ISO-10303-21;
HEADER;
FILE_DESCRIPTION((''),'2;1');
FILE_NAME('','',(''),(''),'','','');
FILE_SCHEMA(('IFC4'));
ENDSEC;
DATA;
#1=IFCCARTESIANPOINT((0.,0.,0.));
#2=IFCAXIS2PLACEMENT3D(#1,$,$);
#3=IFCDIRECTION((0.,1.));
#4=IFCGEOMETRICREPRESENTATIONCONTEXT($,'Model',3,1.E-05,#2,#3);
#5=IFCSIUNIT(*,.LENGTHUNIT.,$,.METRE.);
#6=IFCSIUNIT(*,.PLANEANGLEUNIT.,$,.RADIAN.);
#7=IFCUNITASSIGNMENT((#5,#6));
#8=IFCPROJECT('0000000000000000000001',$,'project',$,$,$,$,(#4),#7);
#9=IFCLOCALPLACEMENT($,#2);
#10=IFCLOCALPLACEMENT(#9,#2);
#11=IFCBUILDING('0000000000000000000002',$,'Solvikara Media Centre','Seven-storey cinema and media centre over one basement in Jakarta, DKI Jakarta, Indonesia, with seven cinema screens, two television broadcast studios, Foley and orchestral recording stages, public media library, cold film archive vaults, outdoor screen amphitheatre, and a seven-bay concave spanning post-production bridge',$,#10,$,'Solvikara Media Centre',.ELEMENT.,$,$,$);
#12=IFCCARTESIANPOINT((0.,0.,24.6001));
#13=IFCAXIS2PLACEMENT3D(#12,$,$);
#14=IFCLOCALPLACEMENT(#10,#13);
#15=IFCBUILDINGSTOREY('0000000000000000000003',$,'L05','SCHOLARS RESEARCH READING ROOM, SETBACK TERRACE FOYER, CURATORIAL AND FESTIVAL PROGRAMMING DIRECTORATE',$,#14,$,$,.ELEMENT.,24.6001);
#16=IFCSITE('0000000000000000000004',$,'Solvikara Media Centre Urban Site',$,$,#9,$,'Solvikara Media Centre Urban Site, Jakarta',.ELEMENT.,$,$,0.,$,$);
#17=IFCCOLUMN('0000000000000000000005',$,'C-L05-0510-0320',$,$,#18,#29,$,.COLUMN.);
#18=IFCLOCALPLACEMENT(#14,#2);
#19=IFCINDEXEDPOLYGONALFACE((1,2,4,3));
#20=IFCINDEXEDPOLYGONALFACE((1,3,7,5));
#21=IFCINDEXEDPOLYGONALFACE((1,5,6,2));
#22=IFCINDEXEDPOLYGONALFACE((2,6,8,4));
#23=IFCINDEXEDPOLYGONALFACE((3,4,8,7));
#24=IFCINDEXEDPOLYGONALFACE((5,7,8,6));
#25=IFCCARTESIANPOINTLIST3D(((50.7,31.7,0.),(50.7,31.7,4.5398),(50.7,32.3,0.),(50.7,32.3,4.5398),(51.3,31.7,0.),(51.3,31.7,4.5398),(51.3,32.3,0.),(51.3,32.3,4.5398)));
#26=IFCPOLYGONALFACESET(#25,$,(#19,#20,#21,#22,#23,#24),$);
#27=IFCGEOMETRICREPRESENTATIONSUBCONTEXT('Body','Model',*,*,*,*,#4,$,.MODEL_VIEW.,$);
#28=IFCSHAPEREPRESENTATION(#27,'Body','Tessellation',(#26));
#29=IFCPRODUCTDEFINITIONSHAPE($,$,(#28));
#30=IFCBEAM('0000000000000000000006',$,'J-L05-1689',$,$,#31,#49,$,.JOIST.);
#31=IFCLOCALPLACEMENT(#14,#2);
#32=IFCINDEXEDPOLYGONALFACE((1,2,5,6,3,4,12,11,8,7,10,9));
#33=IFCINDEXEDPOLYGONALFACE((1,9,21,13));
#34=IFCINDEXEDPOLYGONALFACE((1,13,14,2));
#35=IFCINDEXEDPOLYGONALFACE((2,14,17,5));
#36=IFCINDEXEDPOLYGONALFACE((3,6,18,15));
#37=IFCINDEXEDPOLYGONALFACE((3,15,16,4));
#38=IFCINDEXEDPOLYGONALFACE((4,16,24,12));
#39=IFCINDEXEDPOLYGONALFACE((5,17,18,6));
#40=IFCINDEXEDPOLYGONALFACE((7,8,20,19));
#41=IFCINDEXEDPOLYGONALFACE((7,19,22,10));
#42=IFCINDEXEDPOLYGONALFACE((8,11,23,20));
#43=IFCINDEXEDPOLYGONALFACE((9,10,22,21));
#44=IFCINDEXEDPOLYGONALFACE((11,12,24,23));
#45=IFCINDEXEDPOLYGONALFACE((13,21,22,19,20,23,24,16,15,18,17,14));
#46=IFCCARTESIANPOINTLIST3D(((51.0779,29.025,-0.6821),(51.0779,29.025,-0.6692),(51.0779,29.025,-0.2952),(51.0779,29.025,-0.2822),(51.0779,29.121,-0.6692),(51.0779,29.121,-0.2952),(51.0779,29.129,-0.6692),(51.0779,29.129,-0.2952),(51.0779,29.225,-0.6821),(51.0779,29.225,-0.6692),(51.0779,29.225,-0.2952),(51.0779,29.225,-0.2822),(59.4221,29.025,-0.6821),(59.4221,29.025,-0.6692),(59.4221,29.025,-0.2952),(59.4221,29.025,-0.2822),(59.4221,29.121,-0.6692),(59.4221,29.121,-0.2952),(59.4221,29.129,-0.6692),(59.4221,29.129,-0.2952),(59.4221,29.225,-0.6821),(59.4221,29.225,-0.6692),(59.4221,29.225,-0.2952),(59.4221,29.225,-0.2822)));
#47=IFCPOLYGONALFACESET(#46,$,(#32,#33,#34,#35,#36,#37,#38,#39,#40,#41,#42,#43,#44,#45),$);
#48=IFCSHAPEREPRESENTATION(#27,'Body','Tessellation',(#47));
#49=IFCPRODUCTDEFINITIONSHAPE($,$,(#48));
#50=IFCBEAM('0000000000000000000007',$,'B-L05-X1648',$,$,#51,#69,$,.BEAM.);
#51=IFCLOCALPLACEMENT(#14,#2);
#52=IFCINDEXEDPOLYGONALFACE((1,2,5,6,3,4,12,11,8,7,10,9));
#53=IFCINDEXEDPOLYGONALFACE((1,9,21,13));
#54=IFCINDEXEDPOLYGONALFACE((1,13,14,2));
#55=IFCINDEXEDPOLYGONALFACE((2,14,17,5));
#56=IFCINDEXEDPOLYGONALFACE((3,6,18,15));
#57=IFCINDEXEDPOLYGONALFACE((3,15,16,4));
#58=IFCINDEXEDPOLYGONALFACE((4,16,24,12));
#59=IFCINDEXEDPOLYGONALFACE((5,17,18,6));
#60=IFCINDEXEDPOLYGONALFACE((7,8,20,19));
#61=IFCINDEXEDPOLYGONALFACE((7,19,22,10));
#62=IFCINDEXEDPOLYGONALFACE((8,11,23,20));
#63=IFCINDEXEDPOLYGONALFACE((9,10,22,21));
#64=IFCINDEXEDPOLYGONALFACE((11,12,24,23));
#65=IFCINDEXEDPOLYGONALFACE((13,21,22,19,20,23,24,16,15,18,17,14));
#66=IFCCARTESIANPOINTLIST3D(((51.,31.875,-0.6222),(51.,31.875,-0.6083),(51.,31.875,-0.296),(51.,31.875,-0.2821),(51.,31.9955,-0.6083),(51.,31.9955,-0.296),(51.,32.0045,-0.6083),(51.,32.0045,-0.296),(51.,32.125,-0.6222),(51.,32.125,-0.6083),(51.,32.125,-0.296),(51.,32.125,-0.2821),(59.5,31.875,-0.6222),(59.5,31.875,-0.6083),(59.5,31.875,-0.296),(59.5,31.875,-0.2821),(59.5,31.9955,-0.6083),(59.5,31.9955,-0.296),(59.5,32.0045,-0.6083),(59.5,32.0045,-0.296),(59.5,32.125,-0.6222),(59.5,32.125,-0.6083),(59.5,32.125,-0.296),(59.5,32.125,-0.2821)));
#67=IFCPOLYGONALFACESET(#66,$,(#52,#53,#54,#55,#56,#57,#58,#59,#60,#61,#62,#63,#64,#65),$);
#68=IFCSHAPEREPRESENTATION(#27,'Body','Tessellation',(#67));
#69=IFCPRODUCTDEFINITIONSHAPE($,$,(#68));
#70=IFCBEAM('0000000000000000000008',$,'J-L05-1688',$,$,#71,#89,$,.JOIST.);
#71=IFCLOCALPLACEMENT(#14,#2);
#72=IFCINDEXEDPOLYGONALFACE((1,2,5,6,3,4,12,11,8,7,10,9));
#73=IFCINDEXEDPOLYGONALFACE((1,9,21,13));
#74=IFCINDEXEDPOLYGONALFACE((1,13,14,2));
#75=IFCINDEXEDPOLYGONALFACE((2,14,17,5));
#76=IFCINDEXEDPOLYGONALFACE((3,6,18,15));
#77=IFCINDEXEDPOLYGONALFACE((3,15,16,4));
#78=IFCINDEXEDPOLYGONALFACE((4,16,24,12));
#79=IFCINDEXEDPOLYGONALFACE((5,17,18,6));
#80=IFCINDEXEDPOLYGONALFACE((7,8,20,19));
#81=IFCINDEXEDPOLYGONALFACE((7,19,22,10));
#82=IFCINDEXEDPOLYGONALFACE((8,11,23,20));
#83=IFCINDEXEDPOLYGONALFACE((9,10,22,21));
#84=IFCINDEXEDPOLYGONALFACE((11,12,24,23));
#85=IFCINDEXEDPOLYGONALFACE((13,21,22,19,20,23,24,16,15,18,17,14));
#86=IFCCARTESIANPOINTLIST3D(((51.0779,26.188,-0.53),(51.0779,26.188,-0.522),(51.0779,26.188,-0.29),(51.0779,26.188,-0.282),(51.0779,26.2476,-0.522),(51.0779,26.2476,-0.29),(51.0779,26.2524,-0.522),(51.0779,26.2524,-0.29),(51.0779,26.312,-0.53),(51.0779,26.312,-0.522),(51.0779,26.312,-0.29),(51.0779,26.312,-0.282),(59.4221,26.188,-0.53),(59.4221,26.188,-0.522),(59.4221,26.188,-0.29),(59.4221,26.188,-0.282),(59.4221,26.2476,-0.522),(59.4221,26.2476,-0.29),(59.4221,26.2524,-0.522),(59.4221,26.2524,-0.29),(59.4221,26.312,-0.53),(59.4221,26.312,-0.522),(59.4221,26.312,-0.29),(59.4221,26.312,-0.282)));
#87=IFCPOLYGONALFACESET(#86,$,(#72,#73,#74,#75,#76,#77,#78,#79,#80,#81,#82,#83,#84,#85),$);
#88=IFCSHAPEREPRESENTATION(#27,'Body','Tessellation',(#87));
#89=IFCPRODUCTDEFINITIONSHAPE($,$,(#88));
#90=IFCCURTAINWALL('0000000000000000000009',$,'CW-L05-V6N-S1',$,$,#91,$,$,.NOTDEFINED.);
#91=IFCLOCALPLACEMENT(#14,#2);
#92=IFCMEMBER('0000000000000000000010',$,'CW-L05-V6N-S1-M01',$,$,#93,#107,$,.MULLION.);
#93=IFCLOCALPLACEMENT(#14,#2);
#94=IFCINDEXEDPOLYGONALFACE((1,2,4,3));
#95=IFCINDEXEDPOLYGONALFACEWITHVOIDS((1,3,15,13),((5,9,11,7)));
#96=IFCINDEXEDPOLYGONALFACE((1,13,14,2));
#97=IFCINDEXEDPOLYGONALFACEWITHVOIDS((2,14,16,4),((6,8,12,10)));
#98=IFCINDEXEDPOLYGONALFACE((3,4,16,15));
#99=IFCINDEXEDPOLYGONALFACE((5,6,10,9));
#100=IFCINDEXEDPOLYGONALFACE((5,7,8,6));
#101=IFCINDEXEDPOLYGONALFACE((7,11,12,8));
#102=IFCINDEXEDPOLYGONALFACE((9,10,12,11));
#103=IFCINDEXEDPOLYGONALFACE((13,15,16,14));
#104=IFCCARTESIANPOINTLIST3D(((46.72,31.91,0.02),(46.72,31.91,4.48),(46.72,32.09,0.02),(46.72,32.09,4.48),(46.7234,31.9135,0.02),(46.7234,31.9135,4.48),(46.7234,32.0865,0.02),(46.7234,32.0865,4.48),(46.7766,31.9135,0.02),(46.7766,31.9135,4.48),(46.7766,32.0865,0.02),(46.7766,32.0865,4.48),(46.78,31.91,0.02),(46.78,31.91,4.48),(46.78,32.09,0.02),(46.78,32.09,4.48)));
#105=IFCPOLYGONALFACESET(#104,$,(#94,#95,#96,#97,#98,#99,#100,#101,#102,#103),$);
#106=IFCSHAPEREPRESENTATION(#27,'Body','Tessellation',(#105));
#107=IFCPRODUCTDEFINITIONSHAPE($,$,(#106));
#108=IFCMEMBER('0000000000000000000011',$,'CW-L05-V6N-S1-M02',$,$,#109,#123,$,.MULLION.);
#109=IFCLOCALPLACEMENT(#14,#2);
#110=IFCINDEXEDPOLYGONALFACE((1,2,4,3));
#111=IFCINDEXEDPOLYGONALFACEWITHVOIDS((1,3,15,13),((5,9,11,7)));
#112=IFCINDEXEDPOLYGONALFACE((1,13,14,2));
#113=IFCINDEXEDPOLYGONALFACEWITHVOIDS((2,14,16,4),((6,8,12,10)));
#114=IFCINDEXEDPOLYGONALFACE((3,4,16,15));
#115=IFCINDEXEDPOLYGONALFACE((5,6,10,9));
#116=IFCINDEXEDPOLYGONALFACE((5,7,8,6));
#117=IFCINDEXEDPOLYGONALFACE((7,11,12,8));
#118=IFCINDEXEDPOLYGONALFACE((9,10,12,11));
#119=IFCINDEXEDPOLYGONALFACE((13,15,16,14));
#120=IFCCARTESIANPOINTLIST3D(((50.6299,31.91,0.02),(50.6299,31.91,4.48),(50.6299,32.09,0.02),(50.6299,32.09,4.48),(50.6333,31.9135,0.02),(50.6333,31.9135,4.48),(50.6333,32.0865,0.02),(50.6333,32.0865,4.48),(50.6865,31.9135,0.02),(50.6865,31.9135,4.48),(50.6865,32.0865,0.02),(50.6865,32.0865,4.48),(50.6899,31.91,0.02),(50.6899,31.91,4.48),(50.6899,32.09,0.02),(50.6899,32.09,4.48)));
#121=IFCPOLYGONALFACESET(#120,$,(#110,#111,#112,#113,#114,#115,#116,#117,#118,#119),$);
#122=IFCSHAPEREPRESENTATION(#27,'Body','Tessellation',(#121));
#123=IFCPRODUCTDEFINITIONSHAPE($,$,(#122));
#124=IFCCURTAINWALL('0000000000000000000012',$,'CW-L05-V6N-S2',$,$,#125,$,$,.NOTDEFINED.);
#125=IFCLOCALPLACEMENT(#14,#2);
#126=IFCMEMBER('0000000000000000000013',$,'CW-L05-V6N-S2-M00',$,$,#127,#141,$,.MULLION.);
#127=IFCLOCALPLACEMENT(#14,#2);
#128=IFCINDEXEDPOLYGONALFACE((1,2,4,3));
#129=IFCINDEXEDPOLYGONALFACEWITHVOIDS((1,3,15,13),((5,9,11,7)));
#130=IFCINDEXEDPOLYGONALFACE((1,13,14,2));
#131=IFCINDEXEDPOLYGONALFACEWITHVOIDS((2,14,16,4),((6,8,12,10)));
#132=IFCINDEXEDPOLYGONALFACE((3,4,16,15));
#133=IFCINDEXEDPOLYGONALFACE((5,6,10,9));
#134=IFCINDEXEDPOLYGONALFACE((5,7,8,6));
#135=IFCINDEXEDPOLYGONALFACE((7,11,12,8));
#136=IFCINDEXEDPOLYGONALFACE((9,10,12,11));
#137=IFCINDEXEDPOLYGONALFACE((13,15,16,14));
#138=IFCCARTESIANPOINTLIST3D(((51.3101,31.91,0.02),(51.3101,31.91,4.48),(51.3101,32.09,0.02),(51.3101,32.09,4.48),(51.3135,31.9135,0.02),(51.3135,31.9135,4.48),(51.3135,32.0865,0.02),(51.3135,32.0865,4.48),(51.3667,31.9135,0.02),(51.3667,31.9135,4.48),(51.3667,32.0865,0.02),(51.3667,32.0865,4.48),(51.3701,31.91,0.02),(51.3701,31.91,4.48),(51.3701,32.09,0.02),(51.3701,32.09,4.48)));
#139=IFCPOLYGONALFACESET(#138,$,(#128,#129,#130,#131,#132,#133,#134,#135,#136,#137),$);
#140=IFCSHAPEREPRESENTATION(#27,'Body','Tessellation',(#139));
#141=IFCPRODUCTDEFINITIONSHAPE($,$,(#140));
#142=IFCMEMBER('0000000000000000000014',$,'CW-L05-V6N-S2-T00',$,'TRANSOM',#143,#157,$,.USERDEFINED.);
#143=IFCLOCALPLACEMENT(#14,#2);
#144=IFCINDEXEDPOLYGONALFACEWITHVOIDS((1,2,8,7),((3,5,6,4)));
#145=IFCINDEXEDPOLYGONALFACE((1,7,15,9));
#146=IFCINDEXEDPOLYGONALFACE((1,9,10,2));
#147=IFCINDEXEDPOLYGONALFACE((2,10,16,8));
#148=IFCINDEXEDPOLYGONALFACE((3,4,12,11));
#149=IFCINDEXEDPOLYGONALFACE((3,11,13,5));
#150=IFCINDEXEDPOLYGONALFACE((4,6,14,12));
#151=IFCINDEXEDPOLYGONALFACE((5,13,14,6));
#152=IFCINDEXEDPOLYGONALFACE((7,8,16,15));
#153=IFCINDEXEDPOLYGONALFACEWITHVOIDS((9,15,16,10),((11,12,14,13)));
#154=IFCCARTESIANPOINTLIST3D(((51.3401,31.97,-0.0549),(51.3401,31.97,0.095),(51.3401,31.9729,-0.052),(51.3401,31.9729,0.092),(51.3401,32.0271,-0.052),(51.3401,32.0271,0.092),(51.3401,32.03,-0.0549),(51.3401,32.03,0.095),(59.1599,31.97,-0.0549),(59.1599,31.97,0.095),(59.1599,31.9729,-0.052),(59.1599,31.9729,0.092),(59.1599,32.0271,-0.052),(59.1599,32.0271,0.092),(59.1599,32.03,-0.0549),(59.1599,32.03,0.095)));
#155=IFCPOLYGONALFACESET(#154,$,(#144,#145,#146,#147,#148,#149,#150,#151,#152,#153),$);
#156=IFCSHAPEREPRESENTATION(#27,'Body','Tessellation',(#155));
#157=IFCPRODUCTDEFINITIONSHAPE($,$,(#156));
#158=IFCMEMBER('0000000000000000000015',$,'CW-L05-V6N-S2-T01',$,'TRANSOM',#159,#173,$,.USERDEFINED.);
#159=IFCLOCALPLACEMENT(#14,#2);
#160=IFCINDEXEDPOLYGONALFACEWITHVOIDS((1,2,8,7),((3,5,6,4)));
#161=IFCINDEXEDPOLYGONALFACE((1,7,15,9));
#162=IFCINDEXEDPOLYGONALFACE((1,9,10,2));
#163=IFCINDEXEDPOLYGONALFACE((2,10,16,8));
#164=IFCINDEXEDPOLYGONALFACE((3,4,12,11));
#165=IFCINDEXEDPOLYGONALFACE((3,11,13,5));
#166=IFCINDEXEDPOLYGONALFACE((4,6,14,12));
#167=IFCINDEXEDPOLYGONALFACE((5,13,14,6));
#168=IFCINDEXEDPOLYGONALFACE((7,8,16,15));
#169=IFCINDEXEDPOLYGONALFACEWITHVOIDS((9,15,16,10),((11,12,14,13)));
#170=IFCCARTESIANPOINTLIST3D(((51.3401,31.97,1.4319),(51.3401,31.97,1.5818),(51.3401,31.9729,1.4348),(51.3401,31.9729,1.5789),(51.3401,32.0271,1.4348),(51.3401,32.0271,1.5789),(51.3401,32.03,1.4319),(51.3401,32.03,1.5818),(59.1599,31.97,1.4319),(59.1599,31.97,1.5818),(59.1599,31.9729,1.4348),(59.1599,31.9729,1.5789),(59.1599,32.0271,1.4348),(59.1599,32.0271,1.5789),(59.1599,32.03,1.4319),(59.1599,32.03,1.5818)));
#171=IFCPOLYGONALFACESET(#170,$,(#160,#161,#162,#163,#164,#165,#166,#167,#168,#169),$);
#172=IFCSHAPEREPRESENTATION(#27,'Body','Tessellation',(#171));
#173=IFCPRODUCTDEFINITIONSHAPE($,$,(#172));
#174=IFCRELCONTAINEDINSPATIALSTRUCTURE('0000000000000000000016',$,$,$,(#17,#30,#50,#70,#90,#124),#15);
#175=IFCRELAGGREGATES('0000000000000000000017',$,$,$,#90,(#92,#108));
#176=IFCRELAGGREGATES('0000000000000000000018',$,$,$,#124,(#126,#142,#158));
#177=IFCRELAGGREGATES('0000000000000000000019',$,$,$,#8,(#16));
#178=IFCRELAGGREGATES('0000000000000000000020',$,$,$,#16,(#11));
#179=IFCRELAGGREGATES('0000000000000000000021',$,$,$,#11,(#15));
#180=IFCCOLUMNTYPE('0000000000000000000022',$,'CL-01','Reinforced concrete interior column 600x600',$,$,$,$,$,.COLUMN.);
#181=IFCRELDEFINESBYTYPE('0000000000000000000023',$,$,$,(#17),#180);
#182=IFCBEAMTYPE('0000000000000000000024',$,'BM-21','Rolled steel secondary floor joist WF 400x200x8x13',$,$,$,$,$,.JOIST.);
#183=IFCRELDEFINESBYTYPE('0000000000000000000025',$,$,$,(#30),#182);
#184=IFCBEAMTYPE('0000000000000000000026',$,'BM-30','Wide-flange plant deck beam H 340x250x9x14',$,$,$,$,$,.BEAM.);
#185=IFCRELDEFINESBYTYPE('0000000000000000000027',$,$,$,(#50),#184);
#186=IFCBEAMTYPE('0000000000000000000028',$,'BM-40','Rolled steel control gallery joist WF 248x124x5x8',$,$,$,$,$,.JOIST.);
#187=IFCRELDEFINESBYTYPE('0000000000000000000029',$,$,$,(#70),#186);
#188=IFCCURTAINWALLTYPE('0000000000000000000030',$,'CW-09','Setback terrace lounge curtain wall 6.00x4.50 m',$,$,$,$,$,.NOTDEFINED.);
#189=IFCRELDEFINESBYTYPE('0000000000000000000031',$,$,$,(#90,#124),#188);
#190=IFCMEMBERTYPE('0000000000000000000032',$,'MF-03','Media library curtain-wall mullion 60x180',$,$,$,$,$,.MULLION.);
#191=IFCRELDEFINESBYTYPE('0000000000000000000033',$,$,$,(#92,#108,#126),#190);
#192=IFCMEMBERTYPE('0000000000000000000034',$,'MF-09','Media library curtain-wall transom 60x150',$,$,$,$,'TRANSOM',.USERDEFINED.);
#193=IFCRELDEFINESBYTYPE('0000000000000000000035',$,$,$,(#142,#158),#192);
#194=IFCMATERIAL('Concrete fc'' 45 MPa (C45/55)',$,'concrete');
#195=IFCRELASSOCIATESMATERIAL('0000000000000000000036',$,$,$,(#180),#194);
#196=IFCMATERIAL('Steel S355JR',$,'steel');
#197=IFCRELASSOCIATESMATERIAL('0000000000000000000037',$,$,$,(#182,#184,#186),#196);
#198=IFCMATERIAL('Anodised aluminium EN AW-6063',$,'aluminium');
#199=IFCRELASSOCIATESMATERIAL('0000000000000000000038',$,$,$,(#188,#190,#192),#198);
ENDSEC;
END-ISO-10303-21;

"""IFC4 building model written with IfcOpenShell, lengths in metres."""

from ifc_helpers import new_model, si_unit, direction, frame, origin, origin_2d, place, context, subcontext, project, spatial, rectangle, hollow_rectangle, i_section, extrude, material, material_profile, profile_set, type_object, element, aggregate, save


model = new_model("IFC4")

# Units and contexts
model_context = context("Model", 3, precision=1e-05, world=origin(), true_north=direction((0.0, 1.0)))
body_context = subcontext(model_context, "Body", "Model", "MODEL_VIEW")
ifc_project = project(units=[si_unit("LENGTHUNIT", "METRE"), si_unit("PLANEANGLEUNIT", "RADIAN")], contexts=[model_context])

# Site, building, storey
site_placement = place(None, origin())
site = spatial("IfcSite", under=ifc_project, at=site_placement, Name="Solvikara Media Centre Urban Site", LongName="Solvikara Media Centre Urban Site, Jakarta", CompositionType="ELEMENT", RefElevation=0.0)
building_placement = place(site_placement, origin())
building = spatial("IfcBuilding", under=site, at=building_placement, Name="Solvikara Media Centre", Description="Seven-storey cinema and media centre over one basement in Jakarta, DKI Jakarta, Indonesia, with seven cinema screens, two television broadcast studios, Foley and orchestral recording stages, public media library, cold film archive vaults, outdoor screen amphitheatre, and a seven-bay concave spanning post-production bridge", LongName="Solvikara Media Centre", CompositionType="ELEMENT")
storey_placement = place(building_placement, frame((0.0, 0.0, 24.6001)))
storey = spatial("IfcBuildingStorey", under=building, at=storey_placement, Name="L05", Description="SCHOLARS RESEARCH READING ROOM, SETBACK TERRACE FOYER, CURATORIAL AND FESTIVAL PROGRAMMING DIRECTORATE", CompositionType="ELEMENT", Elevation=24.6001)

# Column
ifc_material_1 = material(Name="Concrete fc' 45 MPa (C45/55)", Category="concrete")
ifc_material_profile_1 = material_profile(ifc_material_1, rectangle(XDim=0.6001, YDim=0.6001, at=origin_2d()), Name="RC 600x600")
ifc_profile_set_1 = profile_set([ifc_material_profile_1], Name="Concrete fc' 45 MPa (C45/55)")
column_type = type_object("IfcColumnType", Name="CL-01", Description="Reinforced concrete interior column 600x600", PredefinedType="COLUMN", material=ifc_profile_set_1)
column_placement = place(storey_placement, frame((51.0, 32.0, 0.0), z_axis=(0.0, 0.0, 1.0), x_axis=(1.0, 0.0, 0.0)))
element("IfcColumn", 1, at=column_placement, inside=storey, type_object=column_type, Name="C-L05-0510-0320", PredefinedType="COLUMN", context=body_context, shape_type="SweptSolid", body=[
    extrude(rectangle(XDim=0.6001, YDim=0.6001, at=origin_2d()), origin(), (0.0, 0.0, 1.0), 4.5398),
])

# Beams
ifc_material_2 = material(Name="Steel S355JR", Category="steel")
ifc_material_profile_2 = material_profile(ifc_material_2, i_section(OverallWidth=0.2, OverallDepth=0.3999, WebThickness=0.0081, FlangeThickness=0.0129, at=origin_2d()), Name="WF 400x200x8x13")
ifc_profile_set_2 = profile_set([ifc_material_profile_2], Name="Steel S355JR")
beam_type_1 = type_object("IfcBeamType", Name="BM-21", Description="Rolled steel secondary floor joist WF 400x200x8x13", PredefinedType="JOIST", material=ifc_profile_set_2)
beam_1_placement = place(storey_placement, frame((51.0779, 29.125, -0.4822), z_axis=(1.0, 0.0, 0.0), x_axis=(0.0, 1.0, 0.0)))
element("IfcBeam", 2, at=beam_1_placement, inside=storey, type_object=beam_type_1, Name="J-L05-1689", PredefinedType="JOIST", context=body_context, shape_type="SweptSolid", body=[
    extrude(i_section(OverallWidth=0.2, OverallDepth=0.3999, WebThickness=0.0081, FlangeThickness=0.0129, at=origin_2d()), origin(), (0.0, 0.0, 1.0), 8.3442),
])
ifc_material_profile_3 = material_profile(ifc_material_2, i_section(OverallWidth=0.25, OverallDepth=0.3401, WebThickness=0.009, FlangeThickness=0.0139, at=origin_2d()), Name="H 340x250x9x14")
ifc_profile_set_3 = profile_set([ifc_material_profile_3], Name="Steel S355JR")
beam_type_2 = type_object("IfcBeamType", Name="BM-30", Description="Wide-flange plant deck beam H 340x250x9x14", PredefinedType="BEAM", material=ifc_profile_set_3)
beam_2_placement = place(storey_placement, frame((51.0, 32.0, -0.4521), z_axis=(1.0, 0.0, 0.0), x_axis=(0.0, 1.0, 0.0)))
element("IfcBeam", 3, at=beam_2_placement, inside=storey, type_object=beam_type_2, Name="B-L05-X1648", PredefinedType="BEAM", context=body_context, shape_type="SweptSolid", body=[
    extrude(i_section(OverallWidth=0.25, OverallDepth=0.3401, WebThickness=0.009, FlangeThickness=0.0139, at=origin_2d()), origin(), (0.0, 0.0, 1.0), 8.5),
])
ifc_material_profile_4 = material_profile(ifc_material_2, i_section(OverallWidth=0.124, OverallDepth=0.248, WebThickness=0.0049, FlangeThickness=0.0081, at=origin_2d()), Name="WF 248x124x5x8")
ifc_profile_set_4 = profile_set([ifc_material_profile_4], Name="Steel S355JR")
beam_type_3 = type_object("IfcBeamType", Name="BM-40", Description="Rolled steel control gallery joist WF 248x124x5x8", PredefinedType="JOIST", material=ifc_profile_set_4)
beam_3_placement = place(storey_placement, frame((51.0779, 26.25, -0.406), z_axis=(1.0, 0.0, 0.0), x_axis=(0.0, 1.0, 0.0)))
element("IfcBeam", 4, at=beam_3_placement, inside=storey, type_object=beam_type_3, Name="J-L05-1688", PredefinedType="JOIST", context=body_context, shape_type="SweptSolid", body=[
    extrude(i_section(OverallWidth=0.124, OverallDepth=0.248, WebThickness=0.0049, FlangeThickness=0.0081, at=origin_2d()), origin(), (0.0, 0.0, 1.0), 8.3442),
])

# Curtain walls, members
ifc_material_3 = material(Name="Anodised aluminium EN AW-6063", Category="aluminium")
curtain_wall_type = type_object("IfcCurtainWallType", Name="CW-09", Description="Setback terrace lounge curtain wall 6.00x4.50 m", PredefinedType="NOTDEFINED", material=ifc_material_3)
curtain_wall_1_placement = place(storey_placement, origin())
curtain_wall_1 = element("IfcCurtainWall", 5, at=curtain_wall_1_placement, inside=storey, type_object=curtain_wall_type, Name="CW-L05-V6N-S1", PredefinedType="NOTDEFINED")
ifc_material_profile_5 = material_profile(ifc_material_3, hollow_rectangle(XDim=0.0601, YDim=0.1799, WallThickness=0.0034, at=origin_2d()), Name="ALU-M 60x180x3.5")
ifc_profile_set_5 = profile_set([ifc_material_profile_5], Name="Anodised aluminium EN AW-6063")
member_type_1 = type_object("IfcMemberType", Name="MF-03", Description="Media library curtain-wall mullion 60x180", PredefinedType="MULLION", material=ifc_profile_set_5)
member_1_placement = place(storey_placement, frame((46.75, 32.0, 0.02), z_axis=(0.0, 0.0, 1.0), x_axis=(1.0, 0.0, 0.0)))
member_1 = element("IfcMember", 6, at=member_1_placement, type_object=member_type_1, Name="CW-L05-V6N-S1-M01", PredefinedType="MULLION", context=body_context, shape_type="SweptSolid", body=[
    extrude(hollow_rectangle(XDim=0.0601, YDim=0.1799, WallThickness=0.0034, at=origin_2d()), origin(), (0.0, 0.0, 1.0), 4.46),
])
member_2_placement = place(storey_placement, frame((50.6599, 32.0, 0.02), z_axis=(0.0, 0.0, 1.0), x_axis=(1.0, 0.0, 0.0)))
member_2 = element("IfcMember", 7, at=member_2_placement, type_object=member_type_1, Name="CW-L05-V6N-S1-M02", PredefinedType="MULLION", context=body_context, shape_type="SweptSolid", body=[
    extrude(hollow_rectangle(XDim=0.0601, YDim=0.1799, WallThickness=0.0034, at=origin_2d()), origin(), (0.0, 0.0, 1.0), 4.46),
])
curtain_wall_2_placement = place(storey_placement, origin())
curtain_wall_2 = element("IfcCurtainWall", 8, at=curtain_wall_2_placement, inside=storey, type_object=curtain_wall_type, Name="CW-L05-V6N-S2", PredefinedType="NOTDEFINED")
member_3_placement = place(storey_placement, frame((51.3401, 32.0, 0.02), z_axis=(0.0, 0.0, 1.0), x_axis=(1.0, 0.0, 0.0)))
member_3 = element("IfcMember", 9, at=member_3_placement, type_object=member_type_1, Name="CW-L05-V6N-S2-M00", PredefinedType="MULLION", context=body_context, shape_type="SweptSolid", body=[
    extrude(hollow_rectangle(XDim=0.0601, YDim=0.1799, WallThickness=0.0034, at=origin_2d()), origin(), (0.0, 0.0, 1.0), 4.46),
])
ifc_material_profile_6 = material_profile(ifc_material_3, hollow_rectangle(XDim=0.0601, YDim=0.1499, WallThickness=0.0029, at=origin_2d()), Name="ALU-T 60x150x3")
ifc_profile_set_6 = profile_set([ifc_material_profile_6], Name="Anodised aluminium EN AW-6063")
member_type_2 = type_object("IfcMemberType", Name="MF-09", Description="Media library curtain-wall transom 60x150", ElementType="TRANSOM", PredefinedType="USERDEFINED", material=ifc_profile_set_6)
member_4_placement = place(storey_placement, frame((51.3401, 32.0, 0.02), z_axis=(1.0, 0.0, 0.0), x_axis=(0.0, 1.0, 0.0)))
member_4 = element("IfcMember", 10, at=member_4_placement, type_object=member_type_2, Name="CW-L05-V6N-S2-T00", ObjectType="TRANSOM", PredefinedType="USERDEFINED", context=body_context, shape_type="SweptSolid", body=[
    extrude(hollow_rectangle(XDim=0.0601, YDim=0.1499, WallThickness=0.0029, at=origin_2d()), origin(), (0.0, 0.0, 1.0), 7.8198),
])
member_5_placement = place(storey_placement, frame((51.3401, 32.0, 1.5068), z_axis=(1.0, 0.0, 0.0), x_axis=(0.0, 1.0, 0.0)))
member_5 = element("IfcMember", 11, at=member_5_placement, type_object=member_type_2, Name="CW-L05-V6N-S2-T01", ObjectType="TRANSOM", PredefinedType="USERDEFINED", context=body_context, shape_type="SweptSolid", body=[
    extrude(hollow_rectangle(XDim=0.0601, YDim=0.1499, WallThickness=0.0029, at=origin_2d()), origin(), (0.0, 0.0, 1.0), 7.8198),
])

aggregate(curtain_wall_1, [member_1, member_2])
aggregate(curtain_wall_2, [member_3, member_4, member_5])

save(model, "model.ifc")
